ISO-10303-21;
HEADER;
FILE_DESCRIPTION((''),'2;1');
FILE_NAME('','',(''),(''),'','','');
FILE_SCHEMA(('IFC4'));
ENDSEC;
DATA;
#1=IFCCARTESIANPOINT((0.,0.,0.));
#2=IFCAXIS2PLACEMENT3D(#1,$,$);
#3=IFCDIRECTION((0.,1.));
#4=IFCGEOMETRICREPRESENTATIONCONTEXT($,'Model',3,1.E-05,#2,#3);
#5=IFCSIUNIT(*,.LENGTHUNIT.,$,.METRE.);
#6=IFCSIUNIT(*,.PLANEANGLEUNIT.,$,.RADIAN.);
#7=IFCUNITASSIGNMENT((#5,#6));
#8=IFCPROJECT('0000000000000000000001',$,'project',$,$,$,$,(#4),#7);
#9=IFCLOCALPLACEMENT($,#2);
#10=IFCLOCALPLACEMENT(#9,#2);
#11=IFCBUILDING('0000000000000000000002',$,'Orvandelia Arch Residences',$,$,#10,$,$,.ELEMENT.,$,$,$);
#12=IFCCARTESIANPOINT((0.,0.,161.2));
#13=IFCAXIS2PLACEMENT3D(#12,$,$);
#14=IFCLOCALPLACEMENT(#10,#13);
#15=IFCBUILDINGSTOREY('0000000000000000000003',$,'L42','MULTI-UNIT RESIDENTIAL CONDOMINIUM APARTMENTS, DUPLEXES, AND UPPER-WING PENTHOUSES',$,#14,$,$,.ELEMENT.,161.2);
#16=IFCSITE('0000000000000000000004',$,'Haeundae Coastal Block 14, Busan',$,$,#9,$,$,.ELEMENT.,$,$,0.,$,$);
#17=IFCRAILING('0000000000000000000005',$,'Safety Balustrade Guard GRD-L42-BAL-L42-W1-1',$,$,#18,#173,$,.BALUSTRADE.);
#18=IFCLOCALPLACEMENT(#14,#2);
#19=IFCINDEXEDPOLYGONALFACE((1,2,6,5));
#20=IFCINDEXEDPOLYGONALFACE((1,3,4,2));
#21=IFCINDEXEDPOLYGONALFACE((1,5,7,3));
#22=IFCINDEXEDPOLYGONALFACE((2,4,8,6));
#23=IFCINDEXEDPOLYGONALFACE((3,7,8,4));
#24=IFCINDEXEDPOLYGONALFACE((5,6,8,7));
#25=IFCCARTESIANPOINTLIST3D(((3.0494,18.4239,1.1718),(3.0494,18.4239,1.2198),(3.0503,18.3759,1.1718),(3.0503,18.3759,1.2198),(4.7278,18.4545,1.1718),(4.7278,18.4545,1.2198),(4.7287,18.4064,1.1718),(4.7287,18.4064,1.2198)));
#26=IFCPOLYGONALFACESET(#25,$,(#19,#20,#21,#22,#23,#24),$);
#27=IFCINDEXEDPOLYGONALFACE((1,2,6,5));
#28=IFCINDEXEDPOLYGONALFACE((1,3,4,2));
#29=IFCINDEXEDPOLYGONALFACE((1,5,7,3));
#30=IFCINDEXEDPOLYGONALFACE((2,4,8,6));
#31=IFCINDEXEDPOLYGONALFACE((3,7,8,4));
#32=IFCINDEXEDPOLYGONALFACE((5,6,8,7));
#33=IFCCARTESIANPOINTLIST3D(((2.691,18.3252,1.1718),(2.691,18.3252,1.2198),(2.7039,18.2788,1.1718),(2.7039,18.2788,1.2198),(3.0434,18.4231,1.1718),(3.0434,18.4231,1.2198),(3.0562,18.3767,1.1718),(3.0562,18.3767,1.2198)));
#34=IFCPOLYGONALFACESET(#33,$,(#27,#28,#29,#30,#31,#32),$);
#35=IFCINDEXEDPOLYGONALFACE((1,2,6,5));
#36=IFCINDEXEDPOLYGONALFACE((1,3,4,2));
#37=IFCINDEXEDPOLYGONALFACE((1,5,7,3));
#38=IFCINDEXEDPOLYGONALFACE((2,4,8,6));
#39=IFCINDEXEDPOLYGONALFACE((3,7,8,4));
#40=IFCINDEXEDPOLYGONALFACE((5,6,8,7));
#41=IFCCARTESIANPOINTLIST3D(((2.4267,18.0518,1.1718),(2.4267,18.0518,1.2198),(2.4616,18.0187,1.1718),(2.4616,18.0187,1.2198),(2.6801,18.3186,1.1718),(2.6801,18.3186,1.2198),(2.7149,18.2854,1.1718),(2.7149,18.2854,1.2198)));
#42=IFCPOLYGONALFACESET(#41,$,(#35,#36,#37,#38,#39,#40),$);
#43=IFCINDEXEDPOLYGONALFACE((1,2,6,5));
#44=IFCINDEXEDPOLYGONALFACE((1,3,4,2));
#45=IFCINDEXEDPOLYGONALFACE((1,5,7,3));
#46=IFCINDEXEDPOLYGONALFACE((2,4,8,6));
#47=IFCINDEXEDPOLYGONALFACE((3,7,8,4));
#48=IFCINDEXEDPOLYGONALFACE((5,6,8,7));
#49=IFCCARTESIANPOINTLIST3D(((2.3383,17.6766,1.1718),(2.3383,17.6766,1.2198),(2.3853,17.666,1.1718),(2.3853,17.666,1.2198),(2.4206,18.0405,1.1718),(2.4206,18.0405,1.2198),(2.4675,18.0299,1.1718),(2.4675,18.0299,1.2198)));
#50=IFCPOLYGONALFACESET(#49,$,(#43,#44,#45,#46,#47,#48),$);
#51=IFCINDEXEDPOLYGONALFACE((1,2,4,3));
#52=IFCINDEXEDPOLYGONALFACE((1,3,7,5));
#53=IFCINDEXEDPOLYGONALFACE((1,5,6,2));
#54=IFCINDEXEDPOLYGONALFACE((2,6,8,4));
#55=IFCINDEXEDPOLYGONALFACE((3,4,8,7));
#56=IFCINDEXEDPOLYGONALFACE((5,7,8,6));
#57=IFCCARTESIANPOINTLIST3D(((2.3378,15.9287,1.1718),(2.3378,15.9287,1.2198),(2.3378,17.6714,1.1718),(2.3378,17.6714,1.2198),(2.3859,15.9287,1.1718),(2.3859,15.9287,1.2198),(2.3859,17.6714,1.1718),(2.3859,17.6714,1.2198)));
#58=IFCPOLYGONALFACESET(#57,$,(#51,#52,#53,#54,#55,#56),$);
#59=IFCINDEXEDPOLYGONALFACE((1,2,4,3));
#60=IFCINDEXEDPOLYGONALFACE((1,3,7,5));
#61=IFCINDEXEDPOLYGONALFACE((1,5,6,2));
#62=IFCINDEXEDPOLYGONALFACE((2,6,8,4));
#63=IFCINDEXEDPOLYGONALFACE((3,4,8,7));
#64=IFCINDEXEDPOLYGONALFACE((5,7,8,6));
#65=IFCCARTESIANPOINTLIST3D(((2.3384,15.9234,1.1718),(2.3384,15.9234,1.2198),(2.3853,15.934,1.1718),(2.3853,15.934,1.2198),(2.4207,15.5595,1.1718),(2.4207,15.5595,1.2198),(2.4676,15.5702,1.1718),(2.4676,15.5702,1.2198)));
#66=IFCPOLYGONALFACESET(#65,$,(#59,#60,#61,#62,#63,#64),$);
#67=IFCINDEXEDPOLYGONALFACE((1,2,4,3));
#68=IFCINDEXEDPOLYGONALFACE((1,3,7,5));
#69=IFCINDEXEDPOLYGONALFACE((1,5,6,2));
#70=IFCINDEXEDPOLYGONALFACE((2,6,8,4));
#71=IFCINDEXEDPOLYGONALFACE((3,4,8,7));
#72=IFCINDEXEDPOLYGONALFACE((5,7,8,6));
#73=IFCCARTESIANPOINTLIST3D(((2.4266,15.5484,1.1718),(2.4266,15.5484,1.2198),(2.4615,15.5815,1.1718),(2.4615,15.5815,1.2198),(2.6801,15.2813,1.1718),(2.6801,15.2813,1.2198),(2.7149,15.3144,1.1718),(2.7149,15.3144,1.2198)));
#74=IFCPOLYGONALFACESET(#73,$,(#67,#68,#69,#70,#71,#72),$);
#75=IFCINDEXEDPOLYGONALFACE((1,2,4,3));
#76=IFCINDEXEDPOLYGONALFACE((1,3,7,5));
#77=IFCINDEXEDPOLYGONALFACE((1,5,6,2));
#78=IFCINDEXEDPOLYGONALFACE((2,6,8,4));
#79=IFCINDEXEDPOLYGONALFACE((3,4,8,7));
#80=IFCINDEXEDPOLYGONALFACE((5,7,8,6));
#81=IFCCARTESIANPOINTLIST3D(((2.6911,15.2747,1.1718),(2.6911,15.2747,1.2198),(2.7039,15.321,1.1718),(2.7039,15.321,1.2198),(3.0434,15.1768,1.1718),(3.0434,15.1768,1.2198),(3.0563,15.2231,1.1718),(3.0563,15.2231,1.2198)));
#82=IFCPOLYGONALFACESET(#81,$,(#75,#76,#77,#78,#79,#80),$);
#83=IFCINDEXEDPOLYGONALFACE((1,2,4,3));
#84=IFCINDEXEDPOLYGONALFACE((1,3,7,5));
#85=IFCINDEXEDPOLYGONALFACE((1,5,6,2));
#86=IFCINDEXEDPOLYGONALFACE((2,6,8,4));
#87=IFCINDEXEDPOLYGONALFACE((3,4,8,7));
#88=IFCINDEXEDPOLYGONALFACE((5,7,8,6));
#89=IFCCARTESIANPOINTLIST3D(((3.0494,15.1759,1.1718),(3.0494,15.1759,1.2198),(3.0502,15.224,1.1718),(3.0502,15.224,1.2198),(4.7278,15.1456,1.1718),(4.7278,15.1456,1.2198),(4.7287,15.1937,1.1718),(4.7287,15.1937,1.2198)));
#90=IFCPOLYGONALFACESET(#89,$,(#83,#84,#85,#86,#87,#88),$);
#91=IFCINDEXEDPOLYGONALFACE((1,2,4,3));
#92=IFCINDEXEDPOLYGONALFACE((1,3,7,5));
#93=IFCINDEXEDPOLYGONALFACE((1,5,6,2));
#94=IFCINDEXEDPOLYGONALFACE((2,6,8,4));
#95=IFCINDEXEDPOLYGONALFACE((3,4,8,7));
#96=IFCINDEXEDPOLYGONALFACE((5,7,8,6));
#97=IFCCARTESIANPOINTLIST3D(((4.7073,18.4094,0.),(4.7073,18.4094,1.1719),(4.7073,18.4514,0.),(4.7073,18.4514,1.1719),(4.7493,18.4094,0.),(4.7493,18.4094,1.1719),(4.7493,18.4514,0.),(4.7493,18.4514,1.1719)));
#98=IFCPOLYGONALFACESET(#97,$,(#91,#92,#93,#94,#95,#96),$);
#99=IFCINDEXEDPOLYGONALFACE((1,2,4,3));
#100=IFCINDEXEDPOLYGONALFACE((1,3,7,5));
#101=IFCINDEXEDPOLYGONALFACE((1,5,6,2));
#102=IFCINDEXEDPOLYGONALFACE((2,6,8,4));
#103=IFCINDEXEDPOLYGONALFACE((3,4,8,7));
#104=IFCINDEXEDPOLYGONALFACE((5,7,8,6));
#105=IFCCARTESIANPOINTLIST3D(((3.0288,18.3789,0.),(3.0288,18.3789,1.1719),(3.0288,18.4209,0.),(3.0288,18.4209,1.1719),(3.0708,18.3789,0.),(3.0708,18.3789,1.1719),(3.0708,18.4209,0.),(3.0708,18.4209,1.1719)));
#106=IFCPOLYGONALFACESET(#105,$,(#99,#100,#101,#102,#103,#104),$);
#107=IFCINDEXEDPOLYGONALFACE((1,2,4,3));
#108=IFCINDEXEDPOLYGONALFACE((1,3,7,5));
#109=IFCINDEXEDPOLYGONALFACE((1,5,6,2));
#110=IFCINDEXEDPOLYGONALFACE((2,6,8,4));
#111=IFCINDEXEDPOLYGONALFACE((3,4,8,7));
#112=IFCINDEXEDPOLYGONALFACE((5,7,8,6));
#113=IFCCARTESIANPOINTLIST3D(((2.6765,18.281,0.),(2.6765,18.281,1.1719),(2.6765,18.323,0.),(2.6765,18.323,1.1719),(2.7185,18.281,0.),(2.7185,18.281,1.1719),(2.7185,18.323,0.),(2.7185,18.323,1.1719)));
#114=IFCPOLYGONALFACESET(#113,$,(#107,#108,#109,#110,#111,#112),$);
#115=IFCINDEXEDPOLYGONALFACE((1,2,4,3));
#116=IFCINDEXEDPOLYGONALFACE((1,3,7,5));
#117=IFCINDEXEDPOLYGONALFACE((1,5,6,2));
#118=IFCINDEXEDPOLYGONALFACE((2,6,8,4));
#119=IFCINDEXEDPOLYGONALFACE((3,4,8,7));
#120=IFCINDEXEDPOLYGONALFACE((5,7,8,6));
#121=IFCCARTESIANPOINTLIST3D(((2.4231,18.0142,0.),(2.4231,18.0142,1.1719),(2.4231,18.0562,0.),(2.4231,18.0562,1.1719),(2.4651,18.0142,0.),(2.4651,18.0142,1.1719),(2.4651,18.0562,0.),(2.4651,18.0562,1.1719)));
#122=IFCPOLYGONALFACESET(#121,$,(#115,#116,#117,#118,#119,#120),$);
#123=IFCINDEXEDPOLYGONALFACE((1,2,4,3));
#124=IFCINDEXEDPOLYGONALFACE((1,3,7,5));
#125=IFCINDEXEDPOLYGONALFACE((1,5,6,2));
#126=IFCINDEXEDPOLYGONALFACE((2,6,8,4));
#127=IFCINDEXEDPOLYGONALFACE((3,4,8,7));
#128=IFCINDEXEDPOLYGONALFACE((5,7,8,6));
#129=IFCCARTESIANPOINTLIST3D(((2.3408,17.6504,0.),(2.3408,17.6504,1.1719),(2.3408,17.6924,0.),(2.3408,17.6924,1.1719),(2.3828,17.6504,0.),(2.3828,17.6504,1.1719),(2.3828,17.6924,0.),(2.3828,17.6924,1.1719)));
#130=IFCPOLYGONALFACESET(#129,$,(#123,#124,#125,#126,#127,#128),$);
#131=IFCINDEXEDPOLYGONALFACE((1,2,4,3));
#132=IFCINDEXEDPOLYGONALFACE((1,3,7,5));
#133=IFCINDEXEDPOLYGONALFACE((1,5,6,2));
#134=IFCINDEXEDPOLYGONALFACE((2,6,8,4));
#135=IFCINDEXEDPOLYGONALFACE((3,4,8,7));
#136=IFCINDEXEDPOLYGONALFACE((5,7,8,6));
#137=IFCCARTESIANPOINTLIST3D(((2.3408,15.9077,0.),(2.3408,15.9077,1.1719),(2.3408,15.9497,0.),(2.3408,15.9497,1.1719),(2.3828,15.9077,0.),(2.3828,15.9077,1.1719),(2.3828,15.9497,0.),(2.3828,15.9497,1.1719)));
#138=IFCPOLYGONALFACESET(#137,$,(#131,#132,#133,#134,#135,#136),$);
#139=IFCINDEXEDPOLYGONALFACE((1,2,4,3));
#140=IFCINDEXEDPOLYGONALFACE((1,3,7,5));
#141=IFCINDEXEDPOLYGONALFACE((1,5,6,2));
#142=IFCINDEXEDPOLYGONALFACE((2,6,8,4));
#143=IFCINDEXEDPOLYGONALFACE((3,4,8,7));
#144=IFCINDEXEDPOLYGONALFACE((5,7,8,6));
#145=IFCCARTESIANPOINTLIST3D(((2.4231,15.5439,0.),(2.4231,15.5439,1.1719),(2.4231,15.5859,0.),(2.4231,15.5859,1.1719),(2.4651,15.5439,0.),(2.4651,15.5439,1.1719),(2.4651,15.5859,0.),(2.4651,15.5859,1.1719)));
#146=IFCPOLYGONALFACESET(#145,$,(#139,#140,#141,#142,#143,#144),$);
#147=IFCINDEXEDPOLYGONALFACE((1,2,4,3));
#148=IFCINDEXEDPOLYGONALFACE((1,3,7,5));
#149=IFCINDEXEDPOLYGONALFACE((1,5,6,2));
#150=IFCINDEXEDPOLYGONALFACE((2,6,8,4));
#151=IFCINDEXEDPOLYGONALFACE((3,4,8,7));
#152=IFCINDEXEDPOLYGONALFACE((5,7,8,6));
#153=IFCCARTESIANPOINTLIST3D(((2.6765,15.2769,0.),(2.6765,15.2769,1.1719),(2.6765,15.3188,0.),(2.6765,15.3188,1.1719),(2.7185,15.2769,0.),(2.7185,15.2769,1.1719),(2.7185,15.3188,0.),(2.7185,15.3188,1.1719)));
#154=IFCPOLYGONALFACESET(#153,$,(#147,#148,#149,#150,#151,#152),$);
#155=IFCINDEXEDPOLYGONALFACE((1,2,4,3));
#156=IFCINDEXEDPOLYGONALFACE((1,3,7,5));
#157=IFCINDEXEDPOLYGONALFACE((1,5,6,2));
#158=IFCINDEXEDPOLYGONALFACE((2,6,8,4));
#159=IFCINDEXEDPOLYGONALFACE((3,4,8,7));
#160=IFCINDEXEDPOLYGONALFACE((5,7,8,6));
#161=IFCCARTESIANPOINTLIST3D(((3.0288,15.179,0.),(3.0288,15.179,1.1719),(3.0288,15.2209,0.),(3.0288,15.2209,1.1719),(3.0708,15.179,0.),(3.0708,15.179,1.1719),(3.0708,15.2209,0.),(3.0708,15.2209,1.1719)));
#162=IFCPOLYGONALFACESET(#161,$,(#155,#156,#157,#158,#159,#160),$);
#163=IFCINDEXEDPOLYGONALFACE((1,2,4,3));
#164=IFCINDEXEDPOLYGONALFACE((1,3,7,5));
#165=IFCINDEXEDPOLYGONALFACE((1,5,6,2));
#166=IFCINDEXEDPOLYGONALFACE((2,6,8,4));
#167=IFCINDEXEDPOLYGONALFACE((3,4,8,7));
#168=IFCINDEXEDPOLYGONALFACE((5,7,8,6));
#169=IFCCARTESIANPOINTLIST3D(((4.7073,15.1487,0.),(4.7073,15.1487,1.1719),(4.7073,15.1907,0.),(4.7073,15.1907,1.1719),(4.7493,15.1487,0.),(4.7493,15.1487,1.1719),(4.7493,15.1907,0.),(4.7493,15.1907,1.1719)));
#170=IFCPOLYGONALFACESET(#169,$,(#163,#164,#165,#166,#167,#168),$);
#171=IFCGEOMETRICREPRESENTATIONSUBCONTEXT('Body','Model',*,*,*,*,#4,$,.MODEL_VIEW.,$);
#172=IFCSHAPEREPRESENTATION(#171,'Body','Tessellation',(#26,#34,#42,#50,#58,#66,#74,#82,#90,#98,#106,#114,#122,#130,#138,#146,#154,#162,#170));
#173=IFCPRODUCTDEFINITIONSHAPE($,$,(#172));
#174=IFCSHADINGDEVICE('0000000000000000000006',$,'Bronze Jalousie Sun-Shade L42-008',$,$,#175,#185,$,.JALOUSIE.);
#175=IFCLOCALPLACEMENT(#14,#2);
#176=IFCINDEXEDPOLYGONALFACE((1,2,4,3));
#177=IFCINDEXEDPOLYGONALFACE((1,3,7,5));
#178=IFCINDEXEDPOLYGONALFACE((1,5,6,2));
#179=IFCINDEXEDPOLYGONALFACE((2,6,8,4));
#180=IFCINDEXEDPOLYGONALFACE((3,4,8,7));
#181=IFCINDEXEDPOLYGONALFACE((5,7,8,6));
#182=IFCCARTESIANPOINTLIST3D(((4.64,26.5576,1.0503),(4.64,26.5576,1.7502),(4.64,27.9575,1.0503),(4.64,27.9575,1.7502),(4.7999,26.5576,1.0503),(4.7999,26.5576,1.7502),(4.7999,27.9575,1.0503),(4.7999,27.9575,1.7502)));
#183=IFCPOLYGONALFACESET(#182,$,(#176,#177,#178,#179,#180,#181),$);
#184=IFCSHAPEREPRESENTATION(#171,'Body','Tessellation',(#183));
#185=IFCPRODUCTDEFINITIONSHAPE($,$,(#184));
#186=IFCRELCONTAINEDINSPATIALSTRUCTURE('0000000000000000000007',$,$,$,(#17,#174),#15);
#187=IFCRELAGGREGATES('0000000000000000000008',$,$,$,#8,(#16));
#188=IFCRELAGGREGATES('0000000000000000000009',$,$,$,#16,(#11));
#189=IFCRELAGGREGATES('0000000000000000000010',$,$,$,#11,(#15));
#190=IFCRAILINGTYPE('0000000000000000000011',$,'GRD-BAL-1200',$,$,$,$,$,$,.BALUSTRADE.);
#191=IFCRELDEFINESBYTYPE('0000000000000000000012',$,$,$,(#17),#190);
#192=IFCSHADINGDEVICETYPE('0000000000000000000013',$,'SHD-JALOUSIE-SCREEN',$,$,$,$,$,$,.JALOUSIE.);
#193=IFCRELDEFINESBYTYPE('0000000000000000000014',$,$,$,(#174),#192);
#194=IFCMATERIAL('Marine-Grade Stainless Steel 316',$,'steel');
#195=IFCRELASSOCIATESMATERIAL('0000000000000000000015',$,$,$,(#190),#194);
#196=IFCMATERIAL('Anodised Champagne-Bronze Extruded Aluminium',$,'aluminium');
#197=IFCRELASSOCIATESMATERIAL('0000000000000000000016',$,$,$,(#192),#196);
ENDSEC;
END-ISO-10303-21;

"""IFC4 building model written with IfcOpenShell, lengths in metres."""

from ifc_helpers import new_model, si_unit, direction, frame, origin, origin_2d, place, context, subcontext, project, spatial, rectangle, extrude, material, type_object, element, save


model = new_model("IFC4")

# Units and contexts
model_context = context("Model", 3, precision=1e-05, world=origin(), true_north=direction((0.0, 1.0)))
body_context = subcontext(model_context, "Body", "Model", "MODEL_VIEW")
ifc_project = project(units=[si_unit("LENGTHUNIT", "METRE"), si_unit("PLANEANGLEUNIT", "RADIAN")], contexts=[model_context])

# Site, building, storey
site_placement = place(None, origin())
site = spatial("IfcSite", under=ifc_project, at=site_placement, Name="Haeundae Coastal Block 14, Busan", CompositionType="ELEMENT", RefElevation=0.0)
building_placement = place(site_placement, origin())
building = spatial("IfcBuilding", under=site, at=building_placement, Name="Orvandelia Arch Residences", CompositionType="ELEMENT")
storey_placement = place(building_placement, frame((0.0, 0.0, 161.2)))
storey = spatial("IfcBuildingStorey", under=building, at=storey_placement, Name="L42", Description="MULTI-UNIT RESIDENTIAL CONDOMINIUM APARTMENTS, DUPLEXES, AND UPPER-WING PENTHOUSES", CompositionType="ELEMENT", Elevation=161.2)

# Railing
ifc_material_1 = material(Name="Marine-Grade Stainless Steel 316", Category="steel")
railing_type = type_object("IfcRailingType", Name="GRD-BAL-1200", PredefinedType="BALUSTRADE", material=ifc_material_1)
railing_placement = place(storey_placement, frame((4.7283, 18.4304, 0.0)))
element("IfcRailing", 1, at=railing_placement, inside=storey, type_object=railing_type, Name="Safety Balustrade Guard GRD-L42-BAL-L42-W1-1", PredefinedType="BALUSTRADE", context=body_context, shape_type="SweptSolid", body=[
    extrude(rectangle(XDim=0.0481, YDim=0.0481, at=origin_2d()), frame((0.0, 0.0, 1.1958), z_axis=(-0.999835, -0.018179, 0.0), x_axis=(0.018179, -0.999835, 0.0)), (0.0, 0.0, 1.0), 1.6787),
    extrude(rectangle(XDim=0.0481, YDim=0.0481, at=origin_2d()), frame((-1.6785, -0.0305, 1.1958), z_axis=(-0.963489, -0.267747, 0.0), x_axis=(0.267747, -0.963489, 0.0)), (0.0, 0.0, 1.0), 0.3657),
    extrude(rectangle(XDim=0.0481, YDim=0.0481, at=origin_2d()), frame((-2.0308, -0.1284, 1.1958), z_axis=(-0.688627, -0.725115, 0.0), x_axis=(0.725115, -0.688627, 0.0)), (0.0, 0.0, 1.0), 0.3679),
    extrude(rectangle(XDim=0.0481, YDim=0.0481, at=origin_2d()), frame((-2.2842, -0.3953, 1.1958), z_axis=(-0.220602, -0.975364, 0.0), x_axis=(0.975364, -0.220602, 0.0)), (0.0, 0.0, 1.0), 0.373),
    extrude(rectangle(XDim=0.0481, YDim=0.0481, at=origin_2d()), frame((-2.3665, -0.759, 1.1958), z_axis=(0.0, -1.0, 0.0), x_axis=(1.0, 0.0, 0.0)), (0.0, 0.0, 1.0), 1.7427),
    extrude(rectangle(XDim=0.0481, YDim=0.0481, at=origin_2d()), frame((-2.3665, -2.5017, 1.1958), z_axis=(0.220602, -0.975364, 0.0), x_axis=(0.975364, 0.220602, 0.0)), (0.0, 0.0, 1.0), 0.373),
    extrude(rectangle(XDim=0.0481, YDim=0.0481, at=origin_2d()), frame((-2.2842, -2.8655, 1.1958), z_axis=(0.688296, -0.72543, 0.0), x_axis=(0.72543, 0.688296, 0.0)), (0.0, 0.0, 1.0), 0.3682),
    extrude(rectangle(XDim=0.0481, YDim=0.0481, at=origin_2d()), frame((-2.0308, -3.1326, 1.1958), z_axis=(0.963489, -0.267747, 0.0), x_axis=(0.267747, 0.963489, 0.0)), (0.0, 0.0, 1.0), 0.3657),
    extrude(rectangle(XDim=0.0481, YDim=0.0481, at=origin_2d()), frame((-1.6785, -3.2305, 1.1958), z_axis=(0.999837, -0.018033, 0.0), x_axis=(0.018033, 0.999837, 0.0)), (0.0, 0.0, 1.0), 1.6787),
    extrude(rectangle(XDim=0.042, YDim=0.042, at=origin_2d()), origin(), (0.0, 0.0, 1.0), 1.1719),
    extrude(rectangle(XDim=0.042, YDim=0.042, at=origin_2d()), frame((-1.6785, -0.0305, 0.0)), (0.0, 0.0, 1.0), 1.1719),
    extrude(rectangle(XDim=0.042, YDim=0.042, at=origin_2d()), frame((-2.0308, -0.1284, 0.0)), (0.0, 0.0, 1.0), 1.1719),
    extrude(rectangle(XDim=0.042, YDim=0.042, at=origin_2d()), frame((-2.2842, -0.3953, 0.0)), (0.0, 0.0, 1.0), 1.1719),
    extrude(rectangle(XDim=0.042, YDim=0.042, at=origin_2d()), frame((-2.3665, -0.759, 0.0)), (0.0, 0.0, 1.0), 1.1719),
    extrude(rectangle(XDim=0.042, YDim=0.042, at=origin_2d()), frame((-2.3665, -2.5017, 0.0)), (0.0, 0.0, 1.0), 1.1719),
    extrude(rectangle(XDim=0.042, YDim=0.042, at=origin_2d()), frame((-2.2842, -2.8655, 0.0)), (0.0, 0.0, 1.0), 1.1719),
    extrude(rectangle(XDim=0.042, YDim=0.042, at=origin_2d()), frame((-2.0308, -3.1326, 0.0)), (0.0, 0.0, 1.0), 1.1719),
    extrude(rectangle(XDim=0.042, YDim=0.042, at=origin_2d()), frame((-1.6785, -3.2305, 0.0)), (0.0, 0.0, 1.0), 1.1719),
    extrude(rectangle(XDim=0.042, YDim=0.042, at=origin_2d()), frame((0.0, -3.2607, 0.0)), (0.0, 0.0, 1.0), 1.1719),
])

# Shading device
ifc_material_2 = material(Name="Anodised Champagne-Bronze Extruded Aluminium", Category="aluminium")
shading_device_type = type_object("IfcShadingDeviceType", Name="SHD-JALOUSIE-SCREEN", PredefinedType="JALOUSIE", material=ifc_material_2)
shading_device_placement = place(storey_placement, frame((4.72, 27.2576, 1.0503), z_axis=(0.0, 0.0, 1.0), x_axis=(0.0, 1.0, 0.0)))
element("IfcShadingDevice", 2, at=shading_device_placement, inside=storey, type_object=shading_device_type, Name="Bronze Jalousie Sun-Shade L42-008", PredefinedType="JALOUSIE", context=body_context, shape_type="SweptSolid", body=[
    extrude(rectangle(XDim=1.3999, YDim=0.1599, at=origin_2d()), origin(), (0.0, 0.0, 1.0), 0.7),
])

save(model, "model.ifc")
